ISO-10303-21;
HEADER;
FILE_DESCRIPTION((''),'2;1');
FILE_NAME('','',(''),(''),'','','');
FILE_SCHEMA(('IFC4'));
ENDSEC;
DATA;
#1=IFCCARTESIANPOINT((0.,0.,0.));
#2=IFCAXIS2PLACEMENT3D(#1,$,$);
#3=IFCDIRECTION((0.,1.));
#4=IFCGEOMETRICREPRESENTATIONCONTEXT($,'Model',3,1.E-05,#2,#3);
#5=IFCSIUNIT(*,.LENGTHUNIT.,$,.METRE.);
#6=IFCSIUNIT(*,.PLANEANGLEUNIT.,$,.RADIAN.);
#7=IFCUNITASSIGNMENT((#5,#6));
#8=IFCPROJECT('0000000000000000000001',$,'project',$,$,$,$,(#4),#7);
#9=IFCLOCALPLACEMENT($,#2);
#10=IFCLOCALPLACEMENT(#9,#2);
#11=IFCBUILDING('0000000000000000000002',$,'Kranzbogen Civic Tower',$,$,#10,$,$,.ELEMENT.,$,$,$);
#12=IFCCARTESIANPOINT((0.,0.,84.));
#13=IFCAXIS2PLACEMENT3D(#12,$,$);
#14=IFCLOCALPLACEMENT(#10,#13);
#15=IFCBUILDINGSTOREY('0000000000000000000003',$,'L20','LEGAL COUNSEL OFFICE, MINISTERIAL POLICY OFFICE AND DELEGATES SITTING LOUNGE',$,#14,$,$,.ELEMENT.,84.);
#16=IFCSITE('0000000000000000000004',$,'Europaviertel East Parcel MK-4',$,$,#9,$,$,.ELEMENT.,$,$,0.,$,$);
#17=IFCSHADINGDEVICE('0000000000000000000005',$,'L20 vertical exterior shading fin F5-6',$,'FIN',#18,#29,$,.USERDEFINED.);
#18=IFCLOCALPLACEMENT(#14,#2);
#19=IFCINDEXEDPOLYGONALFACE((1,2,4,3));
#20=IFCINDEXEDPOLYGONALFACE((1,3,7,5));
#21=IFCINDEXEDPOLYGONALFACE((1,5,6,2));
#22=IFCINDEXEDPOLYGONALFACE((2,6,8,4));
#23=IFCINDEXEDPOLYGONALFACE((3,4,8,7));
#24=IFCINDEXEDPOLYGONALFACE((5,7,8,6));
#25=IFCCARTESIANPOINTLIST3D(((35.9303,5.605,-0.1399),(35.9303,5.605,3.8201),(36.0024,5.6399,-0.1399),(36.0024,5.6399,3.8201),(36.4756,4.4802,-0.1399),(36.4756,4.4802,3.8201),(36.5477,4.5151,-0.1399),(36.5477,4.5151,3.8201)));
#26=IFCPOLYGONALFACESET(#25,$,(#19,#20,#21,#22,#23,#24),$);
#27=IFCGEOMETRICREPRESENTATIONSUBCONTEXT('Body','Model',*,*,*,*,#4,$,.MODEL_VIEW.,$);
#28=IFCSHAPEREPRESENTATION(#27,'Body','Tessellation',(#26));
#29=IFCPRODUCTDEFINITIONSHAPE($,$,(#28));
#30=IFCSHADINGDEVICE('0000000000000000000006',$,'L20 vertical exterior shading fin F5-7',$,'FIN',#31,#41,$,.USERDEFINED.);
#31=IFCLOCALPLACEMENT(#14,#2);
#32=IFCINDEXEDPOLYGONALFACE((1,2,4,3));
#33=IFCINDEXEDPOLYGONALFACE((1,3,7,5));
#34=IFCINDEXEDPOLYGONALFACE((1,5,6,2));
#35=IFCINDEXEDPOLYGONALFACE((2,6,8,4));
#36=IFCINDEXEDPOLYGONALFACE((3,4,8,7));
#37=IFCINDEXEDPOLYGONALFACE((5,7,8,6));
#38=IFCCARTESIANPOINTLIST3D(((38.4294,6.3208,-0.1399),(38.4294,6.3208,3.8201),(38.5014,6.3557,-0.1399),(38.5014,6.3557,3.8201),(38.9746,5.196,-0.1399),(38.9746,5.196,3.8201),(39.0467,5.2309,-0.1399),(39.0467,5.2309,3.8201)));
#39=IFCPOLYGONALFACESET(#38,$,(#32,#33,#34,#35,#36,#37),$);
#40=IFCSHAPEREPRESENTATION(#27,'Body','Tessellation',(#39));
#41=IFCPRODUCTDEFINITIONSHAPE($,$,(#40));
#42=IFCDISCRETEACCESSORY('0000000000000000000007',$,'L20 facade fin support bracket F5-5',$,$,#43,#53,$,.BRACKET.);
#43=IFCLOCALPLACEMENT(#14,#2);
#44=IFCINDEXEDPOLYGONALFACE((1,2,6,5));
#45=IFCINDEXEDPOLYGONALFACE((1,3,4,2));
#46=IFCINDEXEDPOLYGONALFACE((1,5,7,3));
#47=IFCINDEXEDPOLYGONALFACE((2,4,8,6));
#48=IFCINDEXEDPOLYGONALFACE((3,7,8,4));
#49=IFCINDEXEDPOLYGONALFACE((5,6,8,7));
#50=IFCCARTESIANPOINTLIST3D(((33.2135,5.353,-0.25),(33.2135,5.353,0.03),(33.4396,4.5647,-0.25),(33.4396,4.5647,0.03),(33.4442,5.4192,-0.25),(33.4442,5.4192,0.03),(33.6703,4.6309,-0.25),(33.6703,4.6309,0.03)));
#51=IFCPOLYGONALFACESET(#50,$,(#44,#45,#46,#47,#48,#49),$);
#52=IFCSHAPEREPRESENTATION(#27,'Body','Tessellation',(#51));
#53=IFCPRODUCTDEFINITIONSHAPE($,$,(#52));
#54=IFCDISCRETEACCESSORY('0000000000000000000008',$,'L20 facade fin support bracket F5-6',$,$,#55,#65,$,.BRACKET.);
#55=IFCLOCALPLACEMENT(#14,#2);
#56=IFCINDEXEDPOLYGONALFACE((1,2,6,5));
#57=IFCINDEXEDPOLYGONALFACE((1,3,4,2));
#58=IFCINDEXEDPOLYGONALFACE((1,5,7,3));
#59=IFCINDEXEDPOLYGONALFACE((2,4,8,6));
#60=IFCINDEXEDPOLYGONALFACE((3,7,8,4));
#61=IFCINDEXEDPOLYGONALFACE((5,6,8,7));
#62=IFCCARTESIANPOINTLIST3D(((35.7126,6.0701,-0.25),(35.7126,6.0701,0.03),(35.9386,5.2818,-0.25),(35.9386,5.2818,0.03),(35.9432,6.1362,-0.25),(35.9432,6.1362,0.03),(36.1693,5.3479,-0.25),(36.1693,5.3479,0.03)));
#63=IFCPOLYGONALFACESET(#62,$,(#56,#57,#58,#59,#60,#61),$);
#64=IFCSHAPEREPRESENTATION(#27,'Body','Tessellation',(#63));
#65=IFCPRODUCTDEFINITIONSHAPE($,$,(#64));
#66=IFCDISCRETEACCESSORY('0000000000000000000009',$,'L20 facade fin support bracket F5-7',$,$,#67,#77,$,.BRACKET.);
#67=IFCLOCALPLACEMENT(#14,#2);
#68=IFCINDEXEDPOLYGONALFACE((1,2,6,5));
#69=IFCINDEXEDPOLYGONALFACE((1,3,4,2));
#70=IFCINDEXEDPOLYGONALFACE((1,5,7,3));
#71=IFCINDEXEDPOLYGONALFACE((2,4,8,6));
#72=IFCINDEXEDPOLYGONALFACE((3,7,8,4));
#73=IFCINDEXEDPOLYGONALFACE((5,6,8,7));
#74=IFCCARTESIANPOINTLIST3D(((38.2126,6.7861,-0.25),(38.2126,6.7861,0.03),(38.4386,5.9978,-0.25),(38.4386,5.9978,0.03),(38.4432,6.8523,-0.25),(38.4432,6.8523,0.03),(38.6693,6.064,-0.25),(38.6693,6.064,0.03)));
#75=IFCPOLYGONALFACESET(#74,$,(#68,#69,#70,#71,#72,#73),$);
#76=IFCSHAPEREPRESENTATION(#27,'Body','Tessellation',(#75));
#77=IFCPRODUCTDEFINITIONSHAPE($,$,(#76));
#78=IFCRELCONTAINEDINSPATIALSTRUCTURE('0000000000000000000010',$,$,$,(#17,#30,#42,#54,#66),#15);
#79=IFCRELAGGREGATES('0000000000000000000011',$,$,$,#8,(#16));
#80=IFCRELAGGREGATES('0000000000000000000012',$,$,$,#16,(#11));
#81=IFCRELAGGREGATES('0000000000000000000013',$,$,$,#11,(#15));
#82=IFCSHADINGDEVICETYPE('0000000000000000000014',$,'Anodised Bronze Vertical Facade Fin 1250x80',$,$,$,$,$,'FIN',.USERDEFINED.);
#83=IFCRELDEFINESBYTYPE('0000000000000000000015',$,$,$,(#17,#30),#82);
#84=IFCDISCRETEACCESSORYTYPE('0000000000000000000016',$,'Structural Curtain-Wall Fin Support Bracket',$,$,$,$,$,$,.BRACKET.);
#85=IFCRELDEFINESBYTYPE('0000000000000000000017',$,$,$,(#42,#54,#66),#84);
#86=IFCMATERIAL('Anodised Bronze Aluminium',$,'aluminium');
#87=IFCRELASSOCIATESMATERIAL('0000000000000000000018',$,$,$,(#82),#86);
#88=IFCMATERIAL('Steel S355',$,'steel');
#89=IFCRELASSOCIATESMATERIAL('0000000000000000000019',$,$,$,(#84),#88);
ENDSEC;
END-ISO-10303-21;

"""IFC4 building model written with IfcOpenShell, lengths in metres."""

from ifc_helpers import new_model, si_unit, direction, frame, origin, origin_2d, place, context, subcontext, project, spatial, rectangle, extrude, material, type_object, element, save


model = new_model("IFC4")

# Units and contexts
model_context = context("Model", 3, precision=1e-05, world=origin(), true_north=direction((0.0, 1.0)))
body_context = subcontext(model_context, "Body", "Model", "MODEL_VIEW")
ifc_project = project(units=[si_unit("LENGTHUNIT", "METRE"), si_unit("PLANEANGLEUNIT", "RADIAN")], contexts=[model_context])

# Site, building, storey
site_placement = place(None, origin())
site = spatial("IfcSite", under=ifc_project, at=site_placement, Name="Europaviertel East Parcel MK-4", CompositionType="ELEMENT", RefElevation=0.0)
building_placement = place(site_placement, origin())
building = spatial("IfcBuilding", under=site, at=building_placement, Name="Kranzbogen Civic Tower", CompositionType="ELEMENT")
storey_placement = place(building_placement, frame((0.0, 0.0, 84.0)))
storey = spatial("IfcBuildingStorey", under=building, at=storey_placement, Name="L20", Description="LEGAL COUNSEL OFFICE, MINISTERIAL POLICY OFFICE AND DELEGATES SITTING LOUNGE", CompositionType="ELEMENT", Elevation=84.0)

# Shared definitions
ifc_material_1 = material(Name="Steel S355", Category="steel")

# Shading devices
ifc_material_2 = material(Name="Anodised Bronze Aluminium", Category="aluminium")
shading_device_type = type_object("IfcShadingDeviceType", Name="Anodised Bronze Vertical Facade Fin 1250x80", ElementType="FIN", PredefinedType="USERDEFINED", material=ifc_material_2)
for number, where, z_axis, x_axis, name in (
    (1, (36.239, 5.0601, -0.1399), (0.0, 0.0, 1.0), (0.436221, -0.89984, 0.0), "L20 vertical exterior shading fin F5-6"),
    (2, (38.738, 5.7759, -0.1399), (0.0, 0.0, 1.0), (0.436221, -0.89984, 0.0), "L20 vertical exterior shading fin F5-7"),
):
    element("IfcShadingDevice", number, at=place(storey_placement, frame(where, z_axis=z_axis, x_axis=x_axis)), inside=storey, type_object=shading_device_type, Name=name, ObjectType="FIN", PredefinedType="USERDEFINED", context=body_context, shape_type="SweptSolid", body=[
        extrude(rectangle(XDim=1.25, YDim=0.0801, at=origin_2d()), origin(), (0.0, 0.0, 1.0), 3.96),
    ])

# Discrete accessories
discrete_accessory_type = type_object("IfcDiscreteAccessoryType", Name="Structural Curtain-Wall Fin Support Bracket", PredefinedType="BRACKET", material=ifc_material_1)
for number, where, z_axis, x_axis, name in (
    (3, (33.4419, 4.9919, -0.25), (0.0, 0.0, 1.0), (0.275637, -0.961262, 0.0), "L20 facade fin support bracket F5-5"),
    (4, (35.9409, 5.709, -0.25), (0.0, 0.0, 1.0), (0.275637, -0.961262, 0.0), "L20 facade fin support bracket F5-6"),
    (5, (38.4409, 6.425, -0.25), (0.0, 0.0, 1.0), (0.275637, -0.961262, 0.0), "L20 facade fin support bracket F5-7"),
):
    element("IfcDiscreteAccessory", number, at=place(storey_placement, frame(where, z_axis=z_axis, x_axis=x_axis)), inside=storey, type_object=discrete_accessory_type, Name=name, PredefinedType="BRACKET", context=body_context, shape_type="SweptSolid", body=[
        extrude(rectangle(XDim=0.8201, YDim=0.24, at=origin_2d()), origin(), (0.0, 0.0, 1.0), 0.28),
    ])

save(model, "model.ifc")
